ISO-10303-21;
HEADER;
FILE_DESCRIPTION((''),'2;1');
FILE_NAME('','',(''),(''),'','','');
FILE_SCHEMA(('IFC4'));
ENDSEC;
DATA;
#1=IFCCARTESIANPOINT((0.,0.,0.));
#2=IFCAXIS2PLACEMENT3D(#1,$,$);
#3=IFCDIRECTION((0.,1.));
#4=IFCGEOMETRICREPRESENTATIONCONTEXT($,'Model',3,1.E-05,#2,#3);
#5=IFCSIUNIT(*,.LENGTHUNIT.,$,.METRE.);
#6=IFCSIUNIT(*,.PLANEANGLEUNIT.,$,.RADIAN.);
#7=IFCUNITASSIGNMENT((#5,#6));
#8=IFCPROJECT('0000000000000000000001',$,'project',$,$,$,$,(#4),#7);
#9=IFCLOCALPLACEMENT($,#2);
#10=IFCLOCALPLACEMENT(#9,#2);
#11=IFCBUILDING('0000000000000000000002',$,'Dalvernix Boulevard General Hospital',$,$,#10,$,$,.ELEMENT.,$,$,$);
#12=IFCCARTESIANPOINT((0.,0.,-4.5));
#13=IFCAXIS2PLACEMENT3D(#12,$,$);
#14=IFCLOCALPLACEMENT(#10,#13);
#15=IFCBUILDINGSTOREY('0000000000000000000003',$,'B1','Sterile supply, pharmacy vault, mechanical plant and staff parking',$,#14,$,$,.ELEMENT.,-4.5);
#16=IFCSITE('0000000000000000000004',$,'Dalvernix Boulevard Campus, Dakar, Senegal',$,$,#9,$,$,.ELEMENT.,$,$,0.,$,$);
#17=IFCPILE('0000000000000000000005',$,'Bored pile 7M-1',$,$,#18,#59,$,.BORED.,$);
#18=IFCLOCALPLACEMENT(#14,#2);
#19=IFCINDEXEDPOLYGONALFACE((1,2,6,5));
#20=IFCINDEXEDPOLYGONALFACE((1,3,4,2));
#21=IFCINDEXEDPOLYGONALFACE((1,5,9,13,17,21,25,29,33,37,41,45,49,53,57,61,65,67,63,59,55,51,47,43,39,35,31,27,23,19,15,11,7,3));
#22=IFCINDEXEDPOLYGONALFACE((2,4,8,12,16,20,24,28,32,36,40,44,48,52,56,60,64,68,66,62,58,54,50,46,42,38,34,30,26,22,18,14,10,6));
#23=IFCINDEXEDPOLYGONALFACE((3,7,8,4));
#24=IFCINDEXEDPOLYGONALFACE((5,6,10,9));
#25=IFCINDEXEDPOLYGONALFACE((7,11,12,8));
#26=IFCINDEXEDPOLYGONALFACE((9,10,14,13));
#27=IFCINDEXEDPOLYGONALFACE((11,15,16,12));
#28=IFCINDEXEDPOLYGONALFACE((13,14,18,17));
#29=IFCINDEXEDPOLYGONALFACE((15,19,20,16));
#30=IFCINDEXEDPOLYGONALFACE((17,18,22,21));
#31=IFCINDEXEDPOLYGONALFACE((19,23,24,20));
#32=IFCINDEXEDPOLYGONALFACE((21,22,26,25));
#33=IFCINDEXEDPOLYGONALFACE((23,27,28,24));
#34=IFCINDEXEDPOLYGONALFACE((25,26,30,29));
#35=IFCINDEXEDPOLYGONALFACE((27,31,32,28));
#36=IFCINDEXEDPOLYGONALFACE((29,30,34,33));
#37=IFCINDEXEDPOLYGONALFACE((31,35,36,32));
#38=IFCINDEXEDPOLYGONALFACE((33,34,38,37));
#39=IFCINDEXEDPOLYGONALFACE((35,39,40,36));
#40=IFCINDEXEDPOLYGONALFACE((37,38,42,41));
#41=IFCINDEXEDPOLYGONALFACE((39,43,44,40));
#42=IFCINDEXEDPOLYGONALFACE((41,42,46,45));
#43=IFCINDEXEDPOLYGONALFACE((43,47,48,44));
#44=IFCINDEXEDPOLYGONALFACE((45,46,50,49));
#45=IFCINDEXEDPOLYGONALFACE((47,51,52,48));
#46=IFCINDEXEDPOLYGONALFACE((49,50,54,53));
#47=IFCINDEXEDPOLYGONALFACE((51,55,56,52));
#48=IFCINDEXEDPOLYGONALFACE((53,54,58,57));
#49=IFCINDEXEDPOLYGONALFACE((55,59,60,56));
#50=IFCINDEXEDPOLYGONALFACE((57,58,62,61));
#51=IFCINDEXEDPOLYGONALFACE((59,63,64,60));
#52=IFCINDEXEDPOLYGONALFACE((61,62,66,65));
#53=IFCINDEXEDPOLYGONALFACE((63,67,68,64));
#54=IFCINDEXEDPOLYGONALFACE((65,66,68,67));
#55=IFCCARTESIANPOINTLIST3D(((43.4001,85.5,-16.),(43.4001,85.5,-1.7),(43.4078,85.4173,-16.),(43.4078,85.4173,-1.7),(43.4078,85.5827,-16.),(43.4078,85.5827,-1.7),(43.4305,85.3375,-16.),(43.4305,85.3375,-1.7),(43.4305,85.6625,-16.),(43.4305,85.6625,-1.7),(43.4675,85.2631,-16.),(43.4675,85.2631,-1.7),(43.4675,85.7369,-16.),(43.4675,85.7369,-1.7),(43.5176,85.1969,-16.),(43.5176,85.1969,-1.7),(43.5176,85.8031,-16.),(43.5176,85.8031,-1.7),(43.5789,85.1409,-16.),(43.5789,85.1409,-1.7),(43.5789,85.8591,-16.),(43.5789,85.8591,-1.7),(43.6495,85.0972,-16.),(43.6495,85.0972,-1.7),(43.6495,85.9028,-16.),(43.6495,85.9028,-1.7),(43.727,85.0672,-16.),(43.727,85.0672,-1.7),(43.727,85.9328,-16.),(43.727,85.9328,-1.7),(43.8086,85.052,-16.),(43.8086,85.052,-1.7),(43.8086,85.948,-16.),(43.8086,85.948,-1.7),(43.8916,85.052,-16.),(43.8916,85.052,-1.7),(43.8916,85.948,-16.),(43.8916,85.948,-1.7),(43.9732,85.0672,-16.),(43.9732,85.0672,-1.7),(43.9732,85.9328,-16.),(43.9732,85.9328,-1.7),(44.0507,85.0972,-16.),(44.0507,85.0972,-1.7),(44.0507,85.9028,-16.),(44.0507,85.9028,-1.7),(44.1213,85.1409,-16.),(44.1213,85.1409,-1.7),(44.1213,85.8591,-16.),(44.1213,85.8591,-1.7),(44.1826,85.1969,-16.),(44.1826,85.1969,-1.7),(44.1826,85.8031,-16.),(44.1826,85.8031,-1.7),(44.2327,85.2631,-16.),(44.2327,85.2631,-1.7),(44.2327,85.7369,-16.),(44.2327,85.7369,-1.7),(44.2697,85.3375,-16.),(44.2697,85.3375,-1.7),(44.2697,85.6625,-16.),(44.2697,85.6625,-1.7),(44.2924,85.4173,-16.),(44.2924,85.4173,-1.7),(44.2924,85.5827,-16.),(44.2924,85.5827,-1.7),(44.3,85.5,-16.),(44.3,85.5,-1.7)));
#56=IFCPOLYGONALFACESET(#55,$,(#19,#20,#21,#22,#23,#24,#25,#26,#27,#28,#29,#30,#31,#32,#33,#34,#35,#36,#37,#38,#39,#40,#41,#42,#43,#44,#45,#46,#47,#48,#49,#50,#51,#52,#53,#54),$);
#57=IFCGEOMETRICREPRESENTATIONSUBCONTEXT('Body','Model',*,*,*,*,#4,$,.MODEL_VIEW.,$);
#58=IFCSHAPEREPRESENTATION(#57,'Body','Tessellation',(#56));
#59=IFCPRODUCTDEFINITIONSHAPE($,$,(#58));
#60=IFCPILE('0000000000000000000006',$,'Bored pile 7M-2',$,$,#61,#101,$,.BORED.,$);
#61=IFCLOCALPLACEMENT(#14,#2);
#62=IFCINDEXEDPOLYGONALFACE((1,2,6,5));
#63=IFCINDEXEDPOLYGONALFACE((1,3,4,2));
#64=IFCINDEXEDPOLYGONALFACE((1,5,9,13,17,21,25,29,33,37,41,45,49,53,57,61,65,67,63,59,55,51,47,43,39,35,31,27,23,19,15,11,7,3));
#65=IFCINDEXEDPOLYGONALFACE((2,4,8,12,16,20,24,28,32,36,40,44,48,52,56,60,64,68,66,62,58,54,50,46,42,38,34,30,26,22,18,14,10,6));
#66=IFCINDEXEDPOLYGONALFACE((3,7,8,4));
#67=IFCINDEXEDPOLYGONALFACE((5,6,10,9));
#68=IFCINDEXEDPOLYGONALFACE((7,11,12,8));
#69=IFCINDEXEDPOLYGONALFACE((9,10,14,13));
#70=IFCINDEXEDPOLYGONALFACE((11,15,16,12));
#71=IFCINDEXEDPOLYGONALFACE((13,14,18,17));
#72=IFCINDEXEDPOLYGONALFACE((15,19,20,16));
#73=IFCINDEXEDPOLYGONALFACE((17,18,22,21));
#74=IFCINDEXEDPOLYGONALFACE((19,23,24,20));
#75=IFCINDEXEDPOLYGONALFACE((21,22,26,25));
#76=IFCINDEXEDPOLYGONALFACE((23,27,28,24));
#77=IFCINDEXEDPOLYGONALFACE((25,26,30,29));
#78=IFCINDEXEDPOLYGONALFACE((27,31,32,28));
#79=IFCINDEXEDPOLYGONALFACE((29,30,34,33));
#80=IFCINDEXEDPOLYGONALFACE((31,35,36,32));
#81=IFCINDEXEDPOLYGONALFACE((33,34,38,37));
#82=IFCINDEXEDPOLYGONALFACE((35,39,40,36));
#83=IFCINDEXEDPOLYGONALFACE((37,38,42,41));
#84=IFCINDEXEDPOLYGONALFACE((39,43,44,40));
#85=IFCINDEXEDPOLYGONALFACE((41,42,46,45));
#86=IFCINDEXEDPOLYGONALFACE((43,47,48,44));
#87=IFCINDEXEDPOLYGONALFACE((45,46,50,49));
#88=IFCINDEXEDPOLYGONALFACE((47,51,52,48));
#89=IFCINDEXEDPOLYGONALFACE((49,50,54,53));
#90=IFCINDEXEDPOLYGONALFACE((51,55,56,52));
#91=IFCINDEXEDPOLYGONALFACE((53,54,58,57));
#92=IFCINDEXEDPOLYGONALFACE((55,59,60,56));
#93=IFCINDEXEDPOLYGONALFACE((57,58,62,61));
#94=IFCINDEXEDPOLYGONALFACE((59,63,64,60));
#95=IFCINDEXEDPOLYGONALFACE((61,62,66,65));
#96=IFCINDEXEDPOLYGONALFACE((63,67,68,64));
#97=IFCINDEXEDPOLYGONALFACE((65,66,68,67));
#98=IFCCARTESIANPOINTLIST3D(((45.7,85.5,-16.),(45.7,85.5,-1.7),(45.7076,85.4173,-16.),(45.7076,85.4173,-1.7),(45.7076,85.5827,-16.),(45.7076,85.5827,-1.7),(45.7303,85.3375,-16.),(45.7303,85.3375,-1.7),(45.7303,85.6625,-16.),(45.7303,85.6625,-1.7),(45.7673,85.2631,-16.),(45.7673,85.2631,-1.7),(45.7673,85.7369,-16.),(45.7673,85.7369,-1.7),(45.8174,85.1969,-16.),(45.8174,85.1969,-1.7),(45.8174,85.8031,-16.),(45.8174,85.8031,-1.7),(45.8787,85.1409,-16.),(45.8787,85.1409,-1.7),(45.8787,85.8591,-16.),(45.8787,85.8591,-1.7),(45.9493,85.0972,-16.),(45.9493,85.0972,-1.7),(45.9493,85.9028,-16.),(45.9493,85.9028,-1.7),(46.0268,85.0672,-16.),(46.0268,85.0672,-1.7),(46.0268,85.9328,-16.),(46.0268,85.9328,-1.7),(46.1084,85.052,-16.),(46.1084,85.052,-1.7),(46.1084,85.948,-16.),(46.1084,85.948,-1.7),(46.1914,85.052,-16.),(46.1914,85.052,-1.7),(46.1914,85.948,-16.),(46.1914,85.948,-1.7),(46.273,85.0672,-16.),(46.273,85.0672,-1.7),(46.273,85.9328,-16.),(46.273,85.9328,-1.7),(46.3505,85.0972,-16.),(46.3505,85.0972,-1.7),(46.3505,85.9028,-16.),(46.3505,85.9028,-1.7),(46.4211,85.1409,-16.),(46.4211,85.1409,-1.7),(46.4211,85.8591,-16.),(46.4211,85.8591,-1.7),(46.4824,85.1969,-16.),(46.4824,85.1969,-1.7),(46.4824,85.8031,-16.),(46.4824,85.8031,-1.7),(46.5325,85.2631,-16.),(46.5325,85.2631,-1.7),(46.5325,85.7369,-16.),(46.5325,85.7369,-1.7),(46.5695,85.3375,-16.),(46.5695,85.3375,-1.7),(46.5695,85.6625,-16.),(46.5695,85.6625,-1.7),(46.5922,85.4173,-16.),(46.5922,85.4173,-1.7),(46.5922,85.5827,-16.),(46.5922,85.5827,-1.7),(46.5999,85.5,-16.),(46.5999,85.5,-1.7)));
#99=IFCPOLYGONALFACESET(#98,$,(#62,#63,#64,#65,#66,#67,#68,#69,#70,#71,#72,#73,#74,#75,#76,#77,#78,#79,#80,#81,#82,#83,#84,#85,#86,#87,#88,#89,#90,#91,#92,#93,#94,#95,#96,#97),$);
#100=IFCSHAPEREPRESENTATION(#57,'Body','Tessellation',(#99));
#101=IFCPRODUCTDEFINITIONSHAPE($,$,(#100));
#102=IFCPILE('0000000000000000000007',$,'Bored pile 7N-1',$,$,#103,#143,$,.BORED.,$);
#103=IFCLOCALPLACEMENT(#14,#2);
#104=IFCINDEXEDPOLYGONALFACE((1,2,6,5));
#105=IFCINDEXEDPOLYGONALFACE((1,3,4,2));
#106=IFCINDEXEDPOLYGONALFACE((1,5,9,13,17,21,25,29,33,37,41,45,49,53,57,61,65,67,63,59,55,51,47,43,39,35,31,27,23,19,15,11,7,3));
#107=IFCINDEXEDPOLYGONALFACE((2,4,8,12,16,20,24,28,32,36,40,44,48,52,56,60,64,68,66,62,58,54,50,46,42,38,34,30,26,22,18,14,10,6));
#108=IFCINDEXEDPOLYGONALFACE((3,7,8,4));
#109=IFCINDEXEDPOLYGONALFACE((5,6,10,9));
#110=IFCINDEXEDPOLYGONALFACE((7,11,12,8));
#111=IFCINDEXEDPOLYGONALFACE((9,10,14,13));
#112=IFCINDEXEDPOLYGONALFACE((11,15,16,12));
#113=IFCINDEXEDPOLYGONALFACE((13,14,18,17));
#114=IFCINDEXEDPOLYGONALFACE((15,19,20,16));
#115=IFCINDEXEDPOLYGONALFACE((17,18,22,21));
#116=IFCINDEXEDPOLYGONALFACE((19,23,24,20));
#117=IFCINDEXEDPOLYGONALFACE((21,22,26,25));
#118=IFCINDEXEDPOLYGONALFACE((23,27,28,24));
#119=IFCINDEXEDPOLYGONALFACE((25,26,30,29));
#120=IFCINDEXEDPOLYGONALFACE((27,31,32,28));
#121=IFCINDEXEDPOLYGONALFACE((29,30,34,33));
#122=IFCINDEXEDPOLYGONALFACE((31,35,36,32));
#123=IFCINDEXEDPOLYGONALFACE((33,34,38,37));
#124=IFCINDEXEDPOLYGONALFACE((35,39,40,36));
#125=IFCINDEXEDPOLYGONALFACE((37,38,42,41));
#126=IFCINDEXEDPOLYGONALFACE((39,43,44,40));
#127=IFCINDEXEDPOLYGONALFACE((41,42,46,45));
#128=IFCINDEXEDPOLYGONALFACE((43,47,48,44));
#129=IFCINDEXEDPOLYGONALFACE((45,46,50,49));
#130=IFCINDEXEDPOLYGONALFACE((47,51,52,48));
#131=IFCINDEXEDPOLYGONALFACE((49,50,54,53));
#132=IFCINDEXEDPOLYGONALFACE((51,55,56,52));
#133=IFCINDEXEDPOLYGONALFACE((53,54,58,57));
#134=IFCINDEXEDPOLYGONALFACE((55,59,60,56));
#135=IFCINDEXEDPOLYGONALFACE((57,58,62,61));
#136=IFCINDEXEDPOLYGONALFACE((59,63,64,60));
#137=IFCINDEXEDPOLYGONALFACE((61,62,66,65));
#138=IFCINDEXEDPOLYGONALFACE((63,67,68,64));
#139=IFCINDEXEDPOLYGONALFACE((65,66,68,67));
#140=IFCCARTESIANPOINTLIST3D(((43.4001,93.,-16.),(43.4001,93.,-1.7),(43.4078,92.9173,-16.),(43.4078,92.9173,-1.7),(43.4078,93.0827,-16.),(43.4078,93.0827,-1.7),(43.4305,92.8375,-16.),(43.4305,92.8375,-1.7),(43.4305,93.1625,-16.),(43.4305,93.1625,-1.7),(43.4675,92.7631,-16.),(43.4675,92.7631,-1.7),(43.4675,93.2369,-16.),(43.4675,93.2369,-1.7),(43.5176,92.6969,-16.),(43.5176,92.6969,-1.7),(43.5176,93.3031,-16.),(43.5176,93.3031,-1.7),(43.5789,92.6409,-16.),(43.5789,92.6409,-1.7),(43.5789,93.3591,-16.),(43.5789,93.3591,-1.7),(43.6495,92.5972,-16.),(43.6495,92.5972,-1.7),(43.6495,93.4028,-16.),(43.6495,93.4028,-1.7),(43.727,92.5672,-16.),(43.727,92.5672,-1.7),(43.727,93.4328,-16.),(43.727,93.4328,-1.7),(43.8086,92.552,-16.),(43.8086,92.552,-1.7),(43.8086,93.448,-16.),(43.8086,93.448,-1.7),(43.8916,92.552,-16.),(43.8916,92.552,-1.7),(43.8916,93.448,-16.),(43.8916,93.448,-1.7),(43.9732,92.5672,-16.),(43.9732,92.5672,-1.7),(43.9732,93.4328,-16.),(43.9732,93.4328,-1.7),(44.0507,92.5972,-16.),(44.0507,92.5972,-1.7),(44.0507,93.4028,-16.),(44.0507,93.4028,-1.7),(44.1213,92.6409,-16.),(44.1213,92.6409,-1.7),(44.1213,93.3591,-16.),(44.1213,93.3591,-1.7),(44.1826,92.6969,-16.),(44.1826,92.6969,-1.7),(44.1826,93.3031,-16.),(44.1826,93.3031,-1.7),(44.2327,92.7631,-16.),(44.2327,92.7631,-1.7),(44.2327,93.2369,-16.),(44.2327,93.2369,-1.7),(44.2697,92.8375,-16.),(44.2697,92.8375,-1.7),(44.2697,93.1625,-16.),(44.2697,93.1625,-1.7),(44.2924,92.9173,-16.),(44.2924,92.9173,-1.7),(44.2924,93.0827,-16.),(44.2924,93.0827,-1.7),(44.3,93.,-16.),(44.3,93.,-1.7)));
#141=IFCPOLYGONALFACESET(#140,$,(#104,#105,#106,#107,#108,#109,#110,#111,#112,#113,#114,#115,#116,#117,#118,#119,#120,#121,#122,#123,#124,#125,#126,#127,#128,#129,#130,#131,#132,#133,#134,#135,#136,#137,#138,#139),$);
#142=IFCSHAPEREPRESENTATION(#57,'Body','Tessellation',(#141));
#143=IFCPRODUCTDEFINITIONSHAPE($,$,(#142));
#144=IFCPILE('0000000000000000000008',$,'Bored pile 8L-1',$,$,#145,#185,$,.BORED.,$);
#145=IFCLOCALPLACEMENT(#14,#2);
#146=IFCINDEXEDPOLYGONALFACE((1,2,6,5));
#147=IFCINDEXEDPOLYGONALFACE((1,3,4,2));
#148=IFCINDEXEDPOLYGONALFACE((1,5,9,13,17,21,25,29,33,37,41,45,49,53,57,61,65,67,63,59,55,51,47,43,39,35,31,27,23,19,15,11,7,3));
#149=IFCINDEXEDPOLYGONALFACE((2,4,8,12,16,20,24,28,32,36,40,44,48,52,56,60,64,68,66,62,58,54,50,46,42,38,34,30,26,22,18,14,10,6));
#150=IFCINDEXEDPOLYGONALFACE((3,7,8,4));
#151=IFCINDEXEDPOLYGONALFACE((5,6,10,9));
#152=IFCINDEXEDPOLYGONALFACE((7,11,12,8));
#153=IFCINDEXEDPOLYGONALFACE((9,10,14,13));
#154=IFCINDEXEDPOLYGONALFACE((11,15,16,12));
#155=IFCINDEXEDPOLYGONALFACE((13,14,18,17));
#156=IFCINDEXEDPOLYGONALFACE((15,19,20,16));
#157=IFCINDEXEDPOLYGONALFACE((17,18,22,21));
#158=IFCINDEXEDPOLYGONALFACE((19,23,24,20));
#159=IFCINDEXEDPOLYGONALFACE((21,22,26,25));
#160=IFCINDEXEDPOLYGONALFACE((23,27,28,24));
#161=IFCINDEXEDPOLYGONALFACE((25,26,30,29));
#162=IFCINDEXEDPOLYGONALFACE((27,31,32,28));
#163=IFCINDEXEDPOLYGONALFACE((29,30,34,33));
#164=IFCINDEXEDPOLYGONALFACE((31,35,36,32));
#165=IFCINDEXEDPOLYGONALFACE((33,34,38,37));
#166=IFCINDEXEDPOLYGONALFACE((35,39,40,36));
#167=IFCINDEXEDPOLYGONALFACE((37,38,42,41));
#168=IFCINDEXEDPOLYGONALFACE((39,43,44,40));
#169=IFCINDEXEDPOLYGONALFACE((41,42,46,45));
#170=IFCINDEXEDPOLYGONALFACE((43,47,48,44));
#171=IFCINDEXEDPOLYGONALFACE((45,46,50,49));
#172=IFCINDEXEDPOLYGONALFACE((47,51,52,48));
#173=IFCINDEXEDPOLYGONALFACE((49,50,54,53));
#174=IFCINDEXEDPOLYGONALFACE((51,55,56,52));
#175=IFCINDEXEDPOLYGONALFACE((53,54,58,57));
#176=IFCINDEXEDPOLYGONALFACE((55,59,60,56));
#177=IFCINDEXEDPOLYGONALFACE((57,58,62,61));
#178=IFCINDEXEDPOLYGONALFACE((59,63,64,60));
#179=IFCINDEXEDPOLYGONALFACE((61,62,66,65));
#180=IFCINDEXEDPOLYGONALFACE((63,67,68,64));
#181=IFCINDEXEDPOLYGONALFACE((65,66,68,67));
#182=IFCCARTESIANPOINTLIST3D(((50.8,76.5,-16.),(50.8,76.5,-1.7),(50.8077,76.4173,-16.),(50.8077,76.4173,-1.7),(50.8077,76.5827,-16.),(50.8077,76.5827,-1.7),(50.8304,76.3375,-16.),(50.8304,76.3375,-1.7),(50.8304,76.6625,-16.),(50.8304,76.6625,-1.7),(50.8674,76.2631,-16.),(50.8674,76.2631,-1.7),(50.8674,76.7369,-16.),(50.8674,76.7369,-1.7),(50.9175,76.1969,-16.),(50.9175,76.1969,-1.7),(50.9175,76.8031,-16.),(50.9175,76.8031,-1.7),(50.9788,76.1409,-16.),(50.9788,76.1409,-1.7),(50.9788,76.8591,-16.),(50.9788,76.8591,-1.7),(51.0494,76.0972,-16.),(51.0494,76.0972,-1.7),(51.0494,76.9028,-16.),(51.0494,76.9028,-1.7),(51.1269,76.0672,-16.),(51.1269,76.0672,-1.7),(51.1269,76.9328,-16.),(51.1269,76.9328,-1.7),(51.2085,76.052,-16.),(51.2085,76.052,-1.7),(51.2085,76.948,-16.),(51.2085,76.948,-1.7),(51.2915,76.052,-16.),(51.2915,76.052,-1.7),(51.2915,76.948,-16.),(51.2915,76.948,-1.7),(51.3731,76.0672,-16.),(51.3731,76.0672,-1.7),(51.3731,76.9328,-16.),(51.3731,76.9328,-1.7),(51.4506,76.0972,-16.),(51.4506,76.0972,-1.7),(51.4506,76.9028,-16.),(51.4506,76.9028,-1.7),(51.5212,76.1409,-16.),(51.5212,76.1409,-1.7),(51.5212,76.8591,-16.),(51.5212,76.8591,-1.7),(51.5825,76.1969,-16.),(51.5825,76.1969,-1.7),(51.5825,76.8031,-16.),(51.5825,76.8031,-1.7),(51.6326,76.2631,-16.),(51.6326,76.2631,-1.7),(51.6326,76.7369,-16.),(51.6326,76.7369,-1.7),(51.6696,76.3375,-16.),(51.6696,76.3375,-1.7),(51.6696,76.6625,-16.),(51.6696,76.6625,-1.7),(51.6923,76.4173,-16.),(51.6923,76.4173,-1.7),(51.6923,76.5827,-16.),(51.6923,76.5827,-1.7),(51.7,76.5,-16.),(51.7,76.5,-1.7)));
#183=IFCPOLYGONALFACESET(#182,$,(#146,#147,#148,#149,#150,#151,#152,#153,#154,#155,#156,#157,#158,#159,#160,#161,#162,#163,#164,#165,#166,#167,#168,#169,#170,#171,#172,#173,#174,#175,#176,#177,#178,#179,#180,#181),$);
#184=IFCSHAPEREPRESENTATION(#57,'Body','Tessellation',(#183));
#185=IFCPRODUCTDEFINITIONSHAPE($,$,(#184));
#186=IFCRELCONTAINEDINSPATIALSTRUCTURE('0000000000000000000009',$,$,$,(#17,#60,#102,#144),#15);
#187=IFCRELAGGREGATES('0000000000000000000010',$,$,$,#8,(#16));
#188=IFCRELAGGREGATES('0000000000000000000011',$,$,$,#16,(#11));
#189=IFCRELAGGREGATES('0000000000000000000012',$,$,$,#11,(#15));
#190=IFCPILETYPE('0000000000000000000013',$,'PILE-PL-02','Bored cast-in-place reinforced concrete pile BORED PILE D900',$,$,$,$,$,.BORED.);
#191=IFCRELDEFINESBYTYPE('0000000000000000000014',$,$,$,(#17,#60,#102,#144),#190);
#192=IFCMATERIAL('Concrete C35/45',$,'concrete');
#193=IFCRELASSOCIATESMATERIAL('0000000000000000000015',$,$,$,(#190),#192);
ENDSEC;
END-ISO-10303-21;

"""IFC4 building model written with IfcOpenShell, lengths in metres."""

from ifc_helpers import new_model, si_unit, direction, frame, origin, origin_2d, place, context, subcontext, project, spatial, circle, extrude, material, material_profile, profile_set, type_object, element, save


model = new_model("IFC4")

# Units and contexts
model_context = context("Model", 3, precision=1e-05, world=origin(), true_north=direction((0.0, 1.0)))
body_context = subcontext(model_context, "Body", "Model", "MODEL_VIEW")
ifc_project = project(units=[si_unit("LENGTHUNIT", "METRE"), si_unit("PLANEANGLEUNIT", "RADIAN")], contexts=[model_context])

# Site, building, storey
site_placement = place(None, origin())
site = spatial("IfcSite", under=ifc_project, at=site_placement, Name="Dalvernix Boulevard Campus, Dakar, Senegal", CompositionType="ELEMENT", RefElevation=0.0)
building_placement = place(site_placement, origin())
building = spatial("IfcBuilding", under=site, at=building_placement, Name="Dalvernix Boulevard General Hospital", CompositionType="ELEMENT")
storey_placement = place(building_placement, frame((0.0, 0.0, -4.5)))
storey = spatial("IfcBuildingStorey", under=building, at=storey_placement, Name="B1", Description="Sterile supply, pharmacy vault, mechanical plant and staff parking", CompositionType="ELEMENT", Elevation=-4.5)

# Shared definitions
ifc_material_1 = material(Name="Concrete C35/45", Category="concrete")

# Piles
ifc_material_profile_1 = material_profile(ifc_material_1, circle(Radius=0.45, at=origin_2d()), Name="BORED PILE D900")
ifc_profile_set_1 = profile_set([ifc_material_profile_1], Name="Concrete C35/45")
pile_type = type_object("IfcPileType", Name="PILE-PL-02", Description="Bored cast-in-place reinforced concrete pile BORED PILE D900", PredefinedType="BORED", material=ifc_profile_set_1)
for number, where, z_axis, x_axis, name in (
    (1, (43.8501, 85.5, -1.7), (0.0, 0.0, -1.0), (1.0, 0.0, 0.0), "Bored pile 7M-1"),
    (2, (46.1499, 85.5, -1.7), (0.0, 0.0, -1.0), (1.0, 0.0, 0.0), "Bored pile 7M-2"),
    (3, (43.8501, 93.0, -1.7), (0.0, 0.0, -1.0), (1.0, 0.0, 0.0), "Bored pile 7N-1"),
    (4, (51.25, 76.5, -1.7), (0.0, 0.0, -1.0), (1.0, 0.0, 0.0), "Bored pile 8L-1"),
):
    element("IfcPile", number, at=place(storey_placement, frame(where, z_axis=z_axis, x_axis=x_axis)), inside=storey, type_object=pile_type, Name=name, PredefinedType="BORED", context=body_context, shape_type="SweptSolid", body=[
        extrude(circle(Radius=0.45, at=origin_2d()), origin(), (0.0, 0.0, 1.0), 14.3),
    ])

save(model, "model.ifc")
